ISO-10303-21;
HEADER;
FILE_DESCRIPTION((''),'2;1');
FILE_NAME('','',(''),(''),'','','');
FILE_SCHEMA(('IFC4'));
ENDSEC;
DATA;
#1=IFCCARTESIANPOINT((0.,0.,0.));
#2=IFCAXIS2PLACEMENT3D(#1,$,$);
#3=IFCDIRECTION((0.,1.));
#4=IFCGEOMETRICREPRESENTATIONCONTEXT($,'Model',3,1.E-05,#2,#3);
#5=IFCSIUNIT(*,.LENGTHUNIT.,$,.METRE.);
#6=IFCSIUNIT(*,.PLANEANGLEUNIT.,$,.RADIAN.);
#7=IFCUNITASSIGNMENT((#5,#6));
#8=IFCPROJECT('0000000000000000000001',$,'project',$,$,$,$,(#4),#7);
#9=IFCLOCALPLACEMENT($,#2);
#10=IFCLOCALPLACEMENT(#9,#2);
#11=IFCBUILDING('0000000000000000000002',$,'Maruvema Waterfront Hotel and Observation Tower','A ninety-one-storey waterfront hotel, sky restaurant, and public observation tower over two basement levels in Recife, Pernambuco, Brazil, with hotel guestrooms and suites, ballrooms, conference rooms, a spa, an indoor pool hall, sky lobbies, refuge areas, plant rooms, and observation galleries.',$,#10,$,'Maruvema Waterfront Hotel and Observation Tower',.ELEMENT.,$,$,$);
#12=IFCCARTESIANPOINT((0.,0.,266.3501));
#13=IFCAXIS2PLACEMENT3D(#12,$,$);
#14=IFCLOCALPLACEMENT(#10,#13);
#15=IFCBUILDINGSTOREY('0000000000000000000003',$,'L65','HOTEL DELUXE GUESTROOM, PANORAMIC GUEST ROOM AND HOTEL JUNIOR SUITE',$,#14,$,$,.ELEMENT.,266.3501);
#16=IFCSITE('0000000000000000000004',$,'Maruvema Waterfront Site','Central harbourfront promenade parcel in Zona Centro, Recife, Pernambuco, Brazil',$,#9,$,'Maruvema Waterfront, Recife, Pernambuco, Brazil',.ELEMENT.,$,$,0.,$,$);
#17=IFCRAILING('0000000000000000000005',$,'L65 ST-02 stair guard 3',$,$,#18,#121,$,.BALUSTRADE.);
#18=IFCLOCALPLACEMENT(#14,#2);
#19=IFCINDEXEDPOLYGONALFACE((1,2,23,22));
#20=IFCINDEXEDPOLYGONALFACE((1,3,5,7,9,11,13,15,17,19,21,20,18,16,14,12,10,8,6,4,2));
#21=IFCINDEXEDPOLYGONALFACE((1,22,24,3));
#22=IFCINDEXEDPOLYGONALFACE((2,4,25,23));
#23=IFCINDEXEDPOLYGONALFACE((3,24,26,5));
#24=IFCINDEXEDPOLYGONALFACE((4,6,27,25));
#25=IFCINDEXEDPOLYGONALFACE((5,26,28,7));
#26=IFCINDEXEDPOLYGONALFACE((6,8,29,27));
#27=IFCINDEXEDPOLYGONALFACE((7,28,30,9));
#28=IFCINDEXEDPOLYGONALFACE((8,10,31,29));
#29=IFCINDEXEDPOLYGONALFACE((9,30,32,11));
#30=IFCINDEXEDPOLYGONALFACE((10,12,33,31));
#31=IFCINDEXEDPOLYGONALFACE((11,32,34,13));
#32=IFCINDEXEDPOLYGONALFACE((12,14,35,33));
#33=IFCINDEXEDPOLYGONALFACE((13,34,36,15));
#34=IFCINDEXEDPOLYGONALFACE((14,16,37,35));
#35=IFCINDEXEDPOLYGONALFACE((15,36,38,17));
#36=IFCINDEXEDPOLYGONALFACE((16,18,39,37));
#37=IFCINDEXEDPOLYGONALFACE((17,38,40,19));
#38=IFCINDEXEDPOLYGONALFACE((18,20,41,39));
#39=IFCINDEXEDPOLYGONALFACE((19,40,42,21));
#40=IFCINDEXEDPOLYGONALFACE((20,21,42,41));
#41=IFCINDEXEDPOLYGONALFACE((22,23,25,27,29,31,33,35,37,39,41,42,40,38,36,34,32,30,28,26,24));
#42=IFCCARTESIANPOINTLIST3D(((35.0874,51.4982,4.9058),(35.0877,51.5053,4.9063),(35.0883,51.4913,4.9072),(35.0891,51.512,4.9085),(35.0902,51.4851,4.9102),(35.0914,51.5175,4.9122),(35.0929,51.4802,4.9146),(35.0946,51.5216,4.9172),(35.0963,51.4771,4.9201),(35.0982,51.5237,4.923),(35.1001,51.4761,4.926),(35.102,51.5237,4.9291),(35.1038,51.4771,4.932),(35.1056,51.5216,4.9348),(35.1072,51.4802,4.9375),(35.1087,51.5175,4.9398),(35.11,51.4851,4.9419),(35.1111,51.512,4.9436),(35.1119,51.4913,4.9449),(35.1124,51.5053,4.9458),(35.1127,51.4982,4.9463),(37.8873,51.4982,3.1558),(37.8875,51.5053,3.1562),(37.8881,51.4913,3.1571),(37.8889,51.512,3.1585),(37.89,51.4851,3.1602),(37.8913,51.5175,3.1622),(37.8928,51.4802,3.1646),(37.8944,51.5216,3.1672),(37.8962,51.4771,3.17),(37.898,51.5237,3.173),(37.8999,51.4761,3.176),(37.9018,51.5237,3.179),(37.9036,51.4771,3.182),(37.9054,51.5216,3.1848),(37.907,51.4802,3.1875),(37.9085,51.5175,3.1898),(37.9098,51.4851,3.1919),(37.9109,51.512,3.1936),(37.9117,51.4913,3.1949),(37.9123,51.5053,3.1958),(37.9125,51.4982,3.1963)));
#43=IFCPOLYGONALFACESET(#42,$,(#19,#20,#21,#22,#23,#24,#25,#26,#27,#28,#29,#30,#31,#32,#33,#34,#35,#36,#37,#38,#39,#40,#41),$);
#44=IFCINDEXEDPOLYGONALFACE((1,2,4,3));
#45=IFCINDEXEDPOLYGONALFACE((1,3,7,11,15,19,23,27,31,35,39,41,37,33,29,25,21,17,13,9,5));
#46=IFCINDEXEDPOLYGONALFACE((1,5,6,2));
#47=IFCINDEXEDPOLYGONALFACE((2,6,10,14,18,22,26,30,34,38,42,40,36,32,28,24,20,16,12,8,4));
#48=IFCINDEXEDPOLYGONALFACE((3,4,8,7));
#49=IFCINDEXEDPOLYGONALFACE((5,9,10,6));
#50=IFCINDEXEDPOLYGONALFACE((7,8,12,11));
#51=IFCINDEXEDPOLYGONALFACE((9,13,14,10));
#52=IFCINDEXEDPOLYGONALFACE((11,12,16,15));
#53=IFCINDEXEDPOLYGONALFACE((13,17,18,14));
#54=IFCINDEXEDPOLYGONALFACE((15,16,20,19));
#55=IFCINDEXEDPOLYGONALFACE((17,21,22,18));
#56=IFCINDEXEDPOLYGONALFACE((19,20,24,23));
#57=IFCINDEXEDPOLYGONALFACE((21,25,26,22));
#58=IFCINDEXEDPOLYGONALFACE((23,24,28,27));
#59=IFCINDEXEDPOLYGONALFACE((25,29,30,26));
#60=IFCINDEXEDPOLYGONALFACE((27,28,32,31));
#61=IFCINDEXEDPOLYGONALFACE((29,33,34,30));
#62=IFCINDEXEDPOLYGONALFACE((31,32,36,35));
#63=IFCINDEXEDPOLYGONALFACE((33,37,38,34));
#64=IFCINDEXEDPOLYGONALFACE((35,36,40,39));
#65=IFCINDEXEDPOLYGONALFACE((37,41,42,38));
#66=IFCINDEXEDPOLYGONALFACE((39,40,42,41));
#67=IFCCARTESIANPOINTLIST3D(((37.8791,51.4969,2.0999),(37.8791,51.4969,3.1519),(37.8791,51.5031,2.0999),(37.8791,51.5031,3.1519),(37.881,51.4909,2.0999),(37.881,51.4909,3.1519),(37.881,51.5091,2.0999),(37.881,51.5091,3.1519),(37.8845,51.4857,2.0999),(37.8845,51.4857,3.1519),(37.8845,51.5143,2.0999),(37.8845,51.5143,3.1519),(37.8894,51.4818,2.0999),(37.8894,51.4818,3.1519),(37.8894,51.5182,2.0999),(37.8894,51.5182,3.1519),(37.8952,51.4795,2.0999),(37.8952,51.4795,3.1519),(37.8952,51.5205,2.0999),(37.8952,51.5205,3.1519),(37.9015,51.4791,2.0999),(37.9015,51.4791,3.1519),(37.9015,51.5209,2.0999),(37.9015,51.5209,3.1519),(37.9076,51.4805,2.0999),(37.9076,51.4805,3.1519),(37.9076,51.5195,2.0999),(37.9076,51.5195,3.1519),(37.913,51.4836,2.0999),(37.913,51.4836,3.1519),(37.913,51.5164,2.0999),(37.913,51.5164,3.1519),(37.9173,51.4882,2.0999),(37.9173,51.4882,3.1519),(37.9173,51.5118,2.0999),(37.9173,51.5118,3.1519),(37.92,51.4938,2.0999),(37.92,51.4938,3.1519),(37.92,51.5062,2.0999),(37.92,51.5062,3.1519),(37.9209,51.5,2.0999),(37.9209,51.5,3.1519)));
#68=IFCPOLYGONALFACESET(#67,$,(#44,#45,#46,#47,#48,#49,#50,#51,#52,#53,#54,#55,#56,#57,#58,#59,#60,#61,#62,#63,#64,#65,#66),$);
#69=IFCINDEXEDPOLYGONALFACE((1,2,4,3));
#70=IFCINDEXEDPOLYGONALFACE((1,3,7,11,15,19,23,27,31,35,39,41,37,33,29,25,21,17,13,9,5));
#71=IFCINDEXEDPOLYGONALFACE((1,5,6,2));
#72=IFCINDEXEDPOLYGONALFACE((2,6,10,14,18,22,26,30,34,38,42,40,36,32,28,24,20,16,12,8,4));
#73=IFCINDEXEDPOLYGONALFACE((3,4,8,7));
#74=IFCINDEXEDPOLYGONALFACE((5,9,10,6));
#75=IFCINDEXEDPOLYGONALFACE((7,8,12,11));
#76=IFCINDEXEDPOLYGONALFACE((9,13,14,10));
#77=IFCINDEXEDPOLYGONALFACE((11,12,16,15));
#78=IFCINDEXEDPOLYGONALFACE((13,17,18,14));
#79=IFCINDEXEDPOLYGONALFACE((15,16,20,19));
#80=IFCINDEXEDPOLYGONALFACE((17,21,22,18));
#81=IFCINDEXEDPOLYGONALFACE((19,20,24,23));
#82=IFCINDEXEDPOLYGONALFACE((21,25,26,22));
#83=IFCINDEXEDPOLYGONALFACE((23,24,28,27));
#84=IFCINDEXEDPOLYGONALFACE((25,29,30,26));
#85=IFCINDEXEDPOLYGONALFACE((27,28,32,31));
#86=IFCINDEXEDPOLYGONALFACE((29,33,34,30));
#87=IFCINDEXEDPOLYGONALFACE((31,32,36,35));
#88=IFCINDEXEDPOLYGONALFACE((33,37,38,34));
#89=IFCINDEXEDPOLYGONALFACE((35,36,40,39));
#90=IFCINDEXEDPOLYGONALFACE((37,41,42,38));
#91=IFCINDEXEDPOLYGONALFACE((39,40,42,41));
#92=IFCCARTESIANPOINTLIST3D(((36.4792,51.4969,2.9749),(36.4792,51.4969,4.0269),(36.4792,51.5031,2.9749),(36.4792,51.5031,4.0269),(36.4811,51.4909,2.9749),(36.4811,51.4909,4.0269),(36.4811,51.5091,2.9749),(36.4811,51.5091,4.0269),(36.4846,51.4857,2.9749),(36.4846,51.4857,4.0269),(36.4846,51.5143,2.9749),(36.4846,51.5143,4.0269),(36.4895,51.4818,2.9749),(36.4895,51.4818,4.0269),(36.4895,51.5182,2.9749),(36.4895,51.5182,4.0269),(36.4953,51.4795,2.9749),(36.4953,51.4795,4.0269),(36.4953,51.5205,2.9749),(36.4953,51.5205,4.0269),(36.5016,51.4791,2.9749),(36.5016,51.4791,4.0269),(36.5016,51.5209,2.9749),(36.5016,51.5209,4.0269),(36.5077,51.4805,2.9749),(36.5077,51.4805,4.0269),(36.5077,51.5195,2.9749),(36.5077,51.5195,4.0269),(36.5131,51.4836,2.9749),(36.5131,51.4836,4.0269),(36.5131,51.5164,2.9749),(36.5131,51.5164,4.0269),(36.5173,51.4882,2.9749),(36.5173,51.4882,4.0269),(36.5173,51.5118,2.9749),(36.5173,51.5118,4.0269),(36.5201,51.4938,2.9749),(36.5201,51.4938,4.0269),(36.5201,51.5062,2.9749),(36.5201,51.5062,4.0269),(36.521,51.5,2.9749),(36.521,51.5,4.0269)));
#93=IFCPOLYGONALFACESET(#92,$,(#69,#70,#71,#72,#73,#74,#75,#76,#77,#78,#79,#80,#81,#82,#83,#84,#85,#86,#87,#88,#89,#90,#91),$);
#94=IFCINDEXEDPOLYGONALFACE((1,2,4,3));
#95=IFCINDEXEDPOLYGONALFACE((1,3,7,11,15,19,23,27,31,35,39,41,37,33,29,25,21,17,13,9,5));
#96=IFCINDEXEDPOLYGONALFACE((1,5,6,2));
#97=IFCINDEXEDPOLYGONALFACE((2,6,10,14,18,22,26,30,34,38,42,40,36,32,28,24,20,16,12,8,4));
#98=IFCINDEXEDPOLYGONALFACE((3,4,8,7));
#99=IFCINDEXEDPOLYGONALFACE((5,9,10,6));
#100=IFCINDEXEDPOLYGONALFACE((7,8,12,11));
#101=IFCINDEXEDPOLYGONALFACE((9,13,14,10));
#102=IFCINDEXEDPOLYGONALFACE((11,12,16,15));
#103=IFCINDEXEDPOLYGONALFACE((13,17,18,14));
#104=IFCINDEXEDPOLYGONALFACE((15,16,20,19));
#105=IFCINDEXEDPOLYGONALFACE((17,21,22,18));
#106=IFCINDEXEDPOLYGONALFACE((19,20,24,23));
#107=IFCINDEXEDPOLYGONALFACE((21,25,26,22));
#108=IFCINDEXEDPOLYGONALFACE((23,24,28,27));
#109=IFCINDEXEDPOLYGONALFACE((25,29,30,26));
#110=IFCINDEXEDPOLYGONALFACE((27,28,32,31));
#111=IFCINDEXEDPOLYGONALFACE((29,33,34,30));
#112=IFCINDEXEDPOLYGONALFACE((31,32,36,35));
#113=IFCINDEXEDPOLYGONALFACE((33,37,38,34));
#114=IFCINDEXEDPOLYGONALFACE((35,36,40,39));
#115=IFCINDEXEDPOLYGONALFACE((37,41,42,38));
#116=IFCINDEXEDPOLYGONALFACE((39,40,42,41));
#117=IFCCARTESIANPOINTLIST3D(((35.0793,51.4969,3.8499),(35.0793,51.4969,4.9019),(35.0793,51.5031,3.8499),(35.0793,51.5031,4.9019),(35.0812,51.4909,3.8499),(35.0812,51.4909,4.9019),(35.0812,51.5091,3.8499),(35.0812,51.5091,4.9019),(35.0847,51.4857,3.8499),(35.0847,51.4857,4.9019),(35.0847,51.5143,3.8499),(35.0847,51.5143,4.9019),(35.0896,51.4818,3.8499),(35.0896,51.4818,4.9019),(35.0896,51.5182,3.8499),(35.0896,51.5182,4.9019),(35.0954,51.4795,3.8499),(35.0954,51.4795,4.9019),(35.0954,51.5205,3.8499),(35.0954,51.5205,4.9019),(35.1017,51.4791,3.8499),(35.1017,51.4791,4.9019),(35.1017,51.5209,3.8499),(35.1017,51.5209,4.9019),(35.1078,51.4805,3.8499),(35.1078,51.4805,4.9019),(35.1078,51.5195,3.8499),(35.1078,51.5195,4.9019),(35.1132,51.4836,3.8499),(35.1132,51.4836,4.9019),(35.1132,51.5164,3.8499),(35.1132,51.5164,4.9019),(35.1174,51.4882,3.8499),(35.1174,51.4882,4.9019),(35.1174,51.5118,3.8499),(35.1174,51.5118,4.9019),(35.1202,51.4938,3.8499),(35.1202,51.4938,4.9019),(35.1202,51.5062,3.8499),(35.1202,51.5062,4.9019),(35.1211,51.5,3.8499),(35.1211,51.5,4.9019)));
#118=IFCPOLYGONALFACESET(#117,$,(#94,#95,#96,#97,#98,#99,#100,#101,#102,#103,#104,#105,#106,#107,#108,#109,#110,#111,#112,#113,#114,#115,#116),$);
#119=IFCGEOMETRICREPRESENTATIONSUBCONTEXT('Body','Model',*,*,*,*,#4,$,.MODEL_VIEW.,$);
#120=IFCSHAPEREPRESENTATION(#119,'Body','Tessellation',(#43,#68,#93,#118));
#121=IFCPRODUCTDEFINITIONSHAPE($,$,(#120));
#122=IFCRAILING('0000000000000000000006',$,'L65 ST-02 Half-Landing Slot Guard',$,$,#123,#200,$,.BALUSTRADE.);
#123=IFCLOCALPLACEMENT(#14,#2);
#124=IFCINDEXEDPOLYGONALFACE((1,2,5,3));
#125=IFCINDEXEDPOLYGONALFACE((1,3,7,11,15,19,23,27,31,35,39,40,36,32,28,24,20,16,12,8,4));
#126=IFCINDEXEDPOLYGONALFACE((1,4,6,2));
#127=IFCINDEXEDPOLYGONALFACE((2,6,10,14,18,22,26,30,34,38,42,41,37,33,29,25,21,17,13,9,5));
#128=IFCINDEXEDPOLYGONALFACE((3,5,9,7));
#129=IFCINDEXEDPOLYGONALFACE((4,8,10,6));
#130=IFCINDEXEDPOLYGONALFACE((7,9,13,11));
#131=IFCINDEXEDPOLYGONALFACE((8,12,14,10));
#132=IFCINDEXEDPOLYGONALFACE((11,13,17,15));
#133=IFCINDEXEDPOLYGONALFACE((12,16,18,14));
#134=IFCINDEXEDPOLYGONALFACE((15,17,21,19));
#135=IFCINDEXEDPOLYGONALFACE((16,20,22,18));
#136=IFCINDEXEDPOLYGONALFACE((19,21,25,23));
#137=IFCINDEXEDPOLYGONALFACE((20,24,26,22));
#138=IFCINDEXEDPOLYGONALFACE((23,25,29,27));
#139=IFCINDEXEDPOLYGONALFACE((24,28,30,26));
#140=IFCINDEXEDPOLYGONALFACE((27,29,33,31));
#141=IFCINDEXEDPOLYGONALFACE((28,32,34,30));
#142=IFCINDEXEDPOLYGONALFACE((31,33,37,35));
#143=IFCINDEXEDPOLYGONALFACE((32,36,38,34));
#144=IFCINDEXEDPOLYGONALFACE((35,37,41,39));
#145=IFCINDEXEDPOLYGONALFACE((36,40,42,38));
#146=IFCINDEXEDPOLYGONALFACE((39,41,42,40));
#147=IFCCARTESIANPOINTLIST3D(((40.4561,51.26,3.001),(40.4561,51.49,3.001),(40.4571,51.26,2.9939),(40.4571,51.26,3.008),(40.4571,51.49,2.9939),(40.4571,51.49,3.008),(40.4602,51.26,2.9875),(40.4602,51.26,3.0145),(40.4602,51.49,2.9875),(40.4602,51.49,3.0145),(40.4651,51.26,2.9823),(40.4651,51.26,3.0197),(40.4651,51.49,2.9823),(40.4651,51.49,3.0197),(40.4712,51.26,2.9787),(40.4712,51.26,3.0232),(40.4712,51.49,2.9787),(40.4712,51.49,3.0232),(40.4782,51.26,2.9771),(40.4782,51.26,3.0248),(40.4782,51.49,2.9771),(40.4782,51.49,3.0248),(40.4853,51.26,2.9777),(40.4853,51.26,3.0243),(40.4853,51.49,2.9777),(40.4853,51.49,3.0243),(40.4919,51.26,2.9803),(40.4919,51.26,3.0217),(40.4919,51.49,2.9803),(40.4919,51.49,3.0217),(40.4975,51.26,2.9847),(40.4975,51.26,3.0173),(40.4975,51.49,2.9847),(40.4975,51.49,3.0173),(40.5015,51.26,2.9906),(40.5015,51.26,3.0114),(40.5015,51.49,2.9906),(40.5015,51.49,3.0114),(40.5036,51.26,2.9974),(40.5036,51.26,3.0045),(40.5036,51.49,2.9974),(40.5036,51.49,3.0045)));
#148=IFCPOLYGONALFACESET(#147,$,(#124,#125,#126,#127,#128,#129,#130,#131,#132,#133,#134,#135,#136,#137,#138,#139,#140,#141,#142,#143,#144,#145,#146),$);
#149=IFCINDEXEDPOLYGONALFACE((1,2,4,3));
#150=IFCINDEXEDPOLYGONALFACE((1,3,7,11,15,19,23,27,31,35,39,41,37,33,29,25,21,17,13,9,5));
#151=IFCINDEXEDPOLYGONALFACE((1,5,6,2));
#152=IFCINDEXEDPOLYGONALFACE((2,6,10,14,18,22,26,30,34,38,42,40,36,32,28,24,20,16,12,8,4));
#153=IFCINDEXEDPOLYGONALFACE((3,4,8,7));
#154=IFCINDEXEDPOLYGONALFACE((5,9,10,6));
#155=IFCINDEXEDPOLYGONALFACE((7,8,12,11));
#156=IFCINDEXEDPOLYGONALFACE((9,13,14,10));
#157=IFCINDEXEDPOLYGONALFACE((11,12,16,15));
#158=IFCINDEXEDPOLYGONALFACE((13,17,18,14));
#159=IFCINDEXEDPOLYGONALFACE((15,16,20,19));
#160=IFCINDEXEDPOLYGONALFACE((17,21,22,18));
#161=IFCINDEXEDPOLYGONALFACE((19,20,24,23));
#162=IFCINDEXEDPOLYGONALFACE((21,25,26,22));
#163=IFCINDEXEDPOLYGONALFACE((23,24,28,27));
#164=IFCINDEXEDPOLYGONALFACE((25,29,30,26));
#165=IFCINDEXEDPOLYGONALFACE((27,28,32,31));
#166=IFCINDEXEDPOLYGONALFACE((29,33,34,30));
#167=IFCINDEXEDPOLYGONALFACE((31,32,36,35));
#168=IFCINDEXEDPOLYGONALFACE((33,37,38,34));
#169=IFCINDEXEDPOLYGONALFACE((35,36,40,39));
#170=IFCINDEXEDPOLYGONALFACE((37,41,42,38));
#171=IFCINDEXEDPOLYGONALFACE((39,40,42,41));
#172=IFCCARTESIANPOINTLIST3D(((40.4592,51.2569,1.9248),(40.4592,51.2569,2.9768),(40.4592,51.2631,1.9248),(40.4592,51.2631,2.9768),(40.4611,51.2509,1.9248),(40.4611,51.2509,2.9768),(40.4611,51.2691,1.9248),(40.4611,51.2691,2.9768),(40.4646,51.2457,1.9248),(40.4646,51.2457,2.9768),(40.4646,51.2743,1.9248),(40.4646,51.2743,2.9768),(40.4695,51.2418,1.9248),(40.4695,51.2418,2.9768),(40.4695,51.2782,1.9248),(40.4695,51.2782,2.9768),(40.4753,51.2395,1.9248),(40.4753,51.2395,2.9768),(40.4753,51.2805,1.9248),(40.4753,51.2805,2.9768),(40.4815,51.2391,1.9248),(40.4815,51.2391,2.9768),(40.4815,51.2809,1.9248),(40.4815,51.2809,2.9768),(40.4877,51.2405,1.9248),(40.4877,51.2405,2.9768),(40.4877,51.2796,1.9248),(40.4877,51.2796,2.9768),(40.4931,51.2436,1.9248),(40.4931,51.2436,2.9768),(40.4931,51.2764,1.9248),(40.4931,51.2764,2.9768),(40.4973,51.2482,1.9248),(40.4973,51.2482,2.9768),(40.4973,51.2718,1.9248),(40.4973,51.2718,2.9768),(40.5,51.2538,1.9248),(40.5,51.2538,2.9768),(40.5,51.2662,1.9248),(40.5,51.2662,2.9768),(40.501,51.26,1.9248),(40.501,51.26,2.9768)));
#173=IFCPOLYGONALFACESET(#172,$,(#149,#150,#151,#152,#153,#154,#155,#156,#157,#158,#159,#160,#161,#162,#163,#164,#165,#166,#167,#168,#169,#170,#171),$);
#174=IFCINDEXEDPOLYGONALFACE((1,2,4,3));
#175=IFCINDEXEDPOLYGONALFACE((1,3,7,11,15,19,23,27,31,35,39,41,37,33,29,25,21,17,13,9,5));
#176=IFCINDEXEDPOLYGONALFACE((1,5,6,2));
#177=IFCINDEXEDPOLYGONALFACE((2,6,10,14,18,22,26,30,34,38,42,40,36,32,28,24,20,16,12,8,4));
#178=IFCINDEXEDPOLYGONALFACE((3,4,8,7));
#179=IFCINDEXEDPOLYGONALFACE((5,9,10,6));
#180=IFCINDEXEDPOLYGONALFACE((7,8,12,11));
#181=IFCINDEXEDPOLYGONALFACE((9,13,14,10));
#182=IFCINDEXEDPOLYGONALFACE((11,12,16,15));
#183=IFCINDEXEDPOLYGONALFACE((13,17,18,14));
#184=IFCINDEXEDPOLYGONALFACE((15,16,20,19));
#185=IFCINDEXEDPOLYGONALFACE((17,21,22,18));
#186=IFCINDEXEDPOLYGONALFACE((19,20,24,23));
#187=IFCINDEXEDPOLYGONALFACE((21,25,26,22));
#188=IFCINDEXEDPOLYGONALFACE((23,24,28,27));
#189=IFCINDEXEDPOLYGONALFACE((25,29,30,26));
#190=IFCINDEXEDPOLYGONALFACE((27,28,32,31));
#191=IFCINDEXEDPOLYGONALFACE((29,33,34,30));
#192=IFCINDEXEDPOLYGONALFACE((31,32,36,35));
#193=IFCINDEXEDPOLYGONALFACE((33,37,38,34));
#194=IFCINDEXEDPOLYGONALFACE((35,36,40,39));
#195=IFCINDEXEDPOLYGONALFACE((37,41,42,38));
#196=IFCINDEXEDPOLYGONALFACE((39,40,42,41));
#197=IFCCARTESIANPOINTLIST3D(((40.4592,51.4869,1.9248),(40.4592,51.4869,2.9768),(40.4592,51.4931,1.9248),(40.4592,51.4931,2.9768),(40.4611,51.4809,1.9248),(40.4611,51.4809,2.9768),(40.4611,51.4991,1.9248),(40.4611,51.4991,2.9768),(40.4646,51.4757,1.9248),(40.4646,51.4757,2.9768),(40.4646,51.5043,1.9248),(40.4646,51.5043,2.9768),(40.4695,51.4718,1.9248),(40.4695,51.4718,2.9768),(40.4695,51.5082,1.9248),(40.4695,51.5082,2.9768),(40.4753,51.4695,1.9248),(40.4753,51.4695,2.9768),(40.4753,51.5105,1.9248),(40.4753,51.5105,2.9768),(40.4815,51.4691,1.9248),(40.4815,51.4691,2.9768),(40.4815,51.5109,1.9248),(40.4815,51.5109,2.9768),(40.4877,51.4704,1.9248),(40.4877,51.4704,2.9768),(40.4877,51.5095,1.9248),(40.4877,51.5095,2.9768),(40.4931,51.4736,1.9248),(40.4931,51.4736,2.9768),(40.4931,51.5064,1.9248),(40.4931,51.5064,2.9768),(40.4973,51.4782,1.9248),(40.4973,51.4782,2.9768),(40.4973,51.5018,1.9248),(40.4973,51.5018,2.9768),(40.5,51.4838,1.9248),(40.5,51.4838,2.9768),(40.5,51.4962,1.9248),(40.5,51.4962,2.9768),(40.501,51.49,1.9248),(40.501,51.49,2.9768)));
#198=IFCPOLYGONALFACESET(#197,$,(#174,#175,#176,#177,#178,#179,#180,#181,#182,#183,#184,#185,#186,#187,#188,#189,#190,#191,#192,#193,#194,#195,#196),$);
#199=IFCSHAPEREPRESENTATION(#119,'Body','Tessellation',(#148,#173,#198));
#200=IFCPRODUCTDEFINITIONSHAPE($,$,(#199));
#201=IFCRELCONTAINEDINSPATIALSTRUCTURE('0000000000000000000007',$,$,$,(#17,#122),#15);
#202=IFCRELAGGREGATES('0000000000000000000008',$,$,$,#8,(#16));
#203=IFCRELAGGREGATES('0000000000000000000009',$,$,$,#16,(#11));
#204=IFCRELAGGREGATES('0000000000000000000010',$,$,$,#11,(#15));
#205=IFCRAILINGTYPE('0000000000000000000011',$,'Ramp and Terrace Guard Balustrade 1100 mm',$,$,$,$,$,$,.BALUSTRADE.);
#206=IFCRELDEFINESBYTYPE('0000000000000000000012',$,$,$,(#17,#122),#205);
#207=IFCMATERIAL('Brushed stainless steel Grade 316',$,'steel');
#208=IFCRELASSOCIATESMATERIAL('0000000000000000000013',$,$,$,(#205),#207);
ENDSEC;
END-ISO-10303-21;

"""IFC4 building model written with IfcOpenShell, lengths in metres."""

from ifc_helpers import new_model, si_unit, direction, frame, origin, origin_2d, place, context, subcontext, project, spatial, circle, extrude, material, type_object, element, save


model = new_model("IFC4")

# Units and contexts
model_context = context("Model", 3, precision=1e-05, world=origin(), true_north=direction((0.0, 1.0)))
body_context = subcontext(model_context, "Body", "Model", "MODEL_VIEW")
ifc_project = project(units=[si_unit("LENGTHUNIT", "METRE"), si_unit("PLANEANGLEUNIT", "RADIAN")], contexts=[model_context])

# Site, building, storey
site_placement = place(None, origin())
site = spatial("IfcSite", under=ifc_project, at=site_placement, Name="Maruvema Waterfront Site", Description="Central harbourfront promenade parcel in Zona Centro, Recife, Pernambuco, Brazil", LongName="Maruvema Waterfront, Recife, Pernambuco, Brazil", CompositionType="ELEMENT", RefElevation=0.0)
building_placement = place(site_placement, origin())
building = spatial("IfcBuilding", under=site, at=building_placement, Name="Maruvema Waterfront Hotel and Observation Tower", Description="A ninety-one-storey waterfront hotel, sky restaurant, and public observation tower over two basement levels in Recife, Pernambuco, Brazil, with hotel guestrooms and suites, ballrooms, conference rooms, a spa, an indoor pool hall, sky lobbies, refuge areas, plant rooms, and observation galleries.", LongName="Maruvema Waterfront Hotel and Observation Tower", CompositionType="ELEMENT")
storey_placement = place(building_placement, frame((0.0, 0.0, 266.3501)))
storey = spatial("IfcBuildingStorey", under=building, at=storey_placement, Name="L65", Description="HOTEL DELUXE GUESTROOM, PANORAMIC GUEST ROOM AND HOTEL JUNIOR SUITE", CompositionType="ELEMENT", Elevation=266.3501)

# Railings
ifc_material_1 = material(Name="Brushed stainless steel Grade 316", Category="steel")
railing_type_1 = type_object("IfcRailingType", Name="Ramp and Terrace Guard Balustrade 1100 mm", PredefinedType="BALUSTRADE", material=ifc_material_1)
railing_1_placement = place(storey_placement, frame((37.8999, 51.5, 2.0999)))
element("IfcRailing", 1, at=railing_1_placement, inside=storey, type_object=railing_type_1, Name="L65 ST-02 stair guard 3", PredefinedType="BALUSTRADE", context=body_context, shape_type="SweptSolid", body=[
    extrude(circle(Radius=0.0239, at=origin_2d()), frame((0.0, 0.0, 1.0762), z_axis=(-0.847982, 0.0, 0.530026), x_axis=(0.0, -1.0, 0.0)), (0.0, 0.0, 1.0), 3.3018),
    extrude(circle(Radius=0.021, at=origin_2d()), origin(), (0.0, 0.0, 1.0), 1.052),
    extrude(circle(Radius=0.021, at=origin_2d()), frame((-1.3999, 0.0, 0.875)), (0.0, 0.0, 1.0), 1.052),
    extrude(circle(Radius=0.021, at=origin_2d()), frame((-2.7998, 0.0, 1.75)), (0.0, 0.0, 1.0), 1.052),
])
railing_2_placement = place(storey_placement, frame((40.48, 51.26, 1.9248)))
element("IfcRailing", 2, at=railing_2_placement, inside=storey, type_object=railing_type_1, Name="L65 ST-02 Half-Landing Slot Guard", PredefinedType="BALUSTRADE", context=body_context, shape_type="SweptSolid", body=[
    extrude(circle(Radius=0.0239, at=origin_2d()), frame((0.0, 0.0, 1.0762), z_axis=(0.0, 1.0, 0.0), x_axis=(-1.0, 0.0, 0.0)), (0.0, 0.0, 1.0), 0.23),
    extrude(circle(Radius=0.021, at=origin_2d()), origin(), (0.0, 0.0, 1.0), 1.052),
    extrude(circle(Radius=0.021, at=origin_2d()), frame((0.0, 0.23, 0.0)), (0.0, 0.0, 1.0), 1.052),
])

save(model, "model.ifc")
